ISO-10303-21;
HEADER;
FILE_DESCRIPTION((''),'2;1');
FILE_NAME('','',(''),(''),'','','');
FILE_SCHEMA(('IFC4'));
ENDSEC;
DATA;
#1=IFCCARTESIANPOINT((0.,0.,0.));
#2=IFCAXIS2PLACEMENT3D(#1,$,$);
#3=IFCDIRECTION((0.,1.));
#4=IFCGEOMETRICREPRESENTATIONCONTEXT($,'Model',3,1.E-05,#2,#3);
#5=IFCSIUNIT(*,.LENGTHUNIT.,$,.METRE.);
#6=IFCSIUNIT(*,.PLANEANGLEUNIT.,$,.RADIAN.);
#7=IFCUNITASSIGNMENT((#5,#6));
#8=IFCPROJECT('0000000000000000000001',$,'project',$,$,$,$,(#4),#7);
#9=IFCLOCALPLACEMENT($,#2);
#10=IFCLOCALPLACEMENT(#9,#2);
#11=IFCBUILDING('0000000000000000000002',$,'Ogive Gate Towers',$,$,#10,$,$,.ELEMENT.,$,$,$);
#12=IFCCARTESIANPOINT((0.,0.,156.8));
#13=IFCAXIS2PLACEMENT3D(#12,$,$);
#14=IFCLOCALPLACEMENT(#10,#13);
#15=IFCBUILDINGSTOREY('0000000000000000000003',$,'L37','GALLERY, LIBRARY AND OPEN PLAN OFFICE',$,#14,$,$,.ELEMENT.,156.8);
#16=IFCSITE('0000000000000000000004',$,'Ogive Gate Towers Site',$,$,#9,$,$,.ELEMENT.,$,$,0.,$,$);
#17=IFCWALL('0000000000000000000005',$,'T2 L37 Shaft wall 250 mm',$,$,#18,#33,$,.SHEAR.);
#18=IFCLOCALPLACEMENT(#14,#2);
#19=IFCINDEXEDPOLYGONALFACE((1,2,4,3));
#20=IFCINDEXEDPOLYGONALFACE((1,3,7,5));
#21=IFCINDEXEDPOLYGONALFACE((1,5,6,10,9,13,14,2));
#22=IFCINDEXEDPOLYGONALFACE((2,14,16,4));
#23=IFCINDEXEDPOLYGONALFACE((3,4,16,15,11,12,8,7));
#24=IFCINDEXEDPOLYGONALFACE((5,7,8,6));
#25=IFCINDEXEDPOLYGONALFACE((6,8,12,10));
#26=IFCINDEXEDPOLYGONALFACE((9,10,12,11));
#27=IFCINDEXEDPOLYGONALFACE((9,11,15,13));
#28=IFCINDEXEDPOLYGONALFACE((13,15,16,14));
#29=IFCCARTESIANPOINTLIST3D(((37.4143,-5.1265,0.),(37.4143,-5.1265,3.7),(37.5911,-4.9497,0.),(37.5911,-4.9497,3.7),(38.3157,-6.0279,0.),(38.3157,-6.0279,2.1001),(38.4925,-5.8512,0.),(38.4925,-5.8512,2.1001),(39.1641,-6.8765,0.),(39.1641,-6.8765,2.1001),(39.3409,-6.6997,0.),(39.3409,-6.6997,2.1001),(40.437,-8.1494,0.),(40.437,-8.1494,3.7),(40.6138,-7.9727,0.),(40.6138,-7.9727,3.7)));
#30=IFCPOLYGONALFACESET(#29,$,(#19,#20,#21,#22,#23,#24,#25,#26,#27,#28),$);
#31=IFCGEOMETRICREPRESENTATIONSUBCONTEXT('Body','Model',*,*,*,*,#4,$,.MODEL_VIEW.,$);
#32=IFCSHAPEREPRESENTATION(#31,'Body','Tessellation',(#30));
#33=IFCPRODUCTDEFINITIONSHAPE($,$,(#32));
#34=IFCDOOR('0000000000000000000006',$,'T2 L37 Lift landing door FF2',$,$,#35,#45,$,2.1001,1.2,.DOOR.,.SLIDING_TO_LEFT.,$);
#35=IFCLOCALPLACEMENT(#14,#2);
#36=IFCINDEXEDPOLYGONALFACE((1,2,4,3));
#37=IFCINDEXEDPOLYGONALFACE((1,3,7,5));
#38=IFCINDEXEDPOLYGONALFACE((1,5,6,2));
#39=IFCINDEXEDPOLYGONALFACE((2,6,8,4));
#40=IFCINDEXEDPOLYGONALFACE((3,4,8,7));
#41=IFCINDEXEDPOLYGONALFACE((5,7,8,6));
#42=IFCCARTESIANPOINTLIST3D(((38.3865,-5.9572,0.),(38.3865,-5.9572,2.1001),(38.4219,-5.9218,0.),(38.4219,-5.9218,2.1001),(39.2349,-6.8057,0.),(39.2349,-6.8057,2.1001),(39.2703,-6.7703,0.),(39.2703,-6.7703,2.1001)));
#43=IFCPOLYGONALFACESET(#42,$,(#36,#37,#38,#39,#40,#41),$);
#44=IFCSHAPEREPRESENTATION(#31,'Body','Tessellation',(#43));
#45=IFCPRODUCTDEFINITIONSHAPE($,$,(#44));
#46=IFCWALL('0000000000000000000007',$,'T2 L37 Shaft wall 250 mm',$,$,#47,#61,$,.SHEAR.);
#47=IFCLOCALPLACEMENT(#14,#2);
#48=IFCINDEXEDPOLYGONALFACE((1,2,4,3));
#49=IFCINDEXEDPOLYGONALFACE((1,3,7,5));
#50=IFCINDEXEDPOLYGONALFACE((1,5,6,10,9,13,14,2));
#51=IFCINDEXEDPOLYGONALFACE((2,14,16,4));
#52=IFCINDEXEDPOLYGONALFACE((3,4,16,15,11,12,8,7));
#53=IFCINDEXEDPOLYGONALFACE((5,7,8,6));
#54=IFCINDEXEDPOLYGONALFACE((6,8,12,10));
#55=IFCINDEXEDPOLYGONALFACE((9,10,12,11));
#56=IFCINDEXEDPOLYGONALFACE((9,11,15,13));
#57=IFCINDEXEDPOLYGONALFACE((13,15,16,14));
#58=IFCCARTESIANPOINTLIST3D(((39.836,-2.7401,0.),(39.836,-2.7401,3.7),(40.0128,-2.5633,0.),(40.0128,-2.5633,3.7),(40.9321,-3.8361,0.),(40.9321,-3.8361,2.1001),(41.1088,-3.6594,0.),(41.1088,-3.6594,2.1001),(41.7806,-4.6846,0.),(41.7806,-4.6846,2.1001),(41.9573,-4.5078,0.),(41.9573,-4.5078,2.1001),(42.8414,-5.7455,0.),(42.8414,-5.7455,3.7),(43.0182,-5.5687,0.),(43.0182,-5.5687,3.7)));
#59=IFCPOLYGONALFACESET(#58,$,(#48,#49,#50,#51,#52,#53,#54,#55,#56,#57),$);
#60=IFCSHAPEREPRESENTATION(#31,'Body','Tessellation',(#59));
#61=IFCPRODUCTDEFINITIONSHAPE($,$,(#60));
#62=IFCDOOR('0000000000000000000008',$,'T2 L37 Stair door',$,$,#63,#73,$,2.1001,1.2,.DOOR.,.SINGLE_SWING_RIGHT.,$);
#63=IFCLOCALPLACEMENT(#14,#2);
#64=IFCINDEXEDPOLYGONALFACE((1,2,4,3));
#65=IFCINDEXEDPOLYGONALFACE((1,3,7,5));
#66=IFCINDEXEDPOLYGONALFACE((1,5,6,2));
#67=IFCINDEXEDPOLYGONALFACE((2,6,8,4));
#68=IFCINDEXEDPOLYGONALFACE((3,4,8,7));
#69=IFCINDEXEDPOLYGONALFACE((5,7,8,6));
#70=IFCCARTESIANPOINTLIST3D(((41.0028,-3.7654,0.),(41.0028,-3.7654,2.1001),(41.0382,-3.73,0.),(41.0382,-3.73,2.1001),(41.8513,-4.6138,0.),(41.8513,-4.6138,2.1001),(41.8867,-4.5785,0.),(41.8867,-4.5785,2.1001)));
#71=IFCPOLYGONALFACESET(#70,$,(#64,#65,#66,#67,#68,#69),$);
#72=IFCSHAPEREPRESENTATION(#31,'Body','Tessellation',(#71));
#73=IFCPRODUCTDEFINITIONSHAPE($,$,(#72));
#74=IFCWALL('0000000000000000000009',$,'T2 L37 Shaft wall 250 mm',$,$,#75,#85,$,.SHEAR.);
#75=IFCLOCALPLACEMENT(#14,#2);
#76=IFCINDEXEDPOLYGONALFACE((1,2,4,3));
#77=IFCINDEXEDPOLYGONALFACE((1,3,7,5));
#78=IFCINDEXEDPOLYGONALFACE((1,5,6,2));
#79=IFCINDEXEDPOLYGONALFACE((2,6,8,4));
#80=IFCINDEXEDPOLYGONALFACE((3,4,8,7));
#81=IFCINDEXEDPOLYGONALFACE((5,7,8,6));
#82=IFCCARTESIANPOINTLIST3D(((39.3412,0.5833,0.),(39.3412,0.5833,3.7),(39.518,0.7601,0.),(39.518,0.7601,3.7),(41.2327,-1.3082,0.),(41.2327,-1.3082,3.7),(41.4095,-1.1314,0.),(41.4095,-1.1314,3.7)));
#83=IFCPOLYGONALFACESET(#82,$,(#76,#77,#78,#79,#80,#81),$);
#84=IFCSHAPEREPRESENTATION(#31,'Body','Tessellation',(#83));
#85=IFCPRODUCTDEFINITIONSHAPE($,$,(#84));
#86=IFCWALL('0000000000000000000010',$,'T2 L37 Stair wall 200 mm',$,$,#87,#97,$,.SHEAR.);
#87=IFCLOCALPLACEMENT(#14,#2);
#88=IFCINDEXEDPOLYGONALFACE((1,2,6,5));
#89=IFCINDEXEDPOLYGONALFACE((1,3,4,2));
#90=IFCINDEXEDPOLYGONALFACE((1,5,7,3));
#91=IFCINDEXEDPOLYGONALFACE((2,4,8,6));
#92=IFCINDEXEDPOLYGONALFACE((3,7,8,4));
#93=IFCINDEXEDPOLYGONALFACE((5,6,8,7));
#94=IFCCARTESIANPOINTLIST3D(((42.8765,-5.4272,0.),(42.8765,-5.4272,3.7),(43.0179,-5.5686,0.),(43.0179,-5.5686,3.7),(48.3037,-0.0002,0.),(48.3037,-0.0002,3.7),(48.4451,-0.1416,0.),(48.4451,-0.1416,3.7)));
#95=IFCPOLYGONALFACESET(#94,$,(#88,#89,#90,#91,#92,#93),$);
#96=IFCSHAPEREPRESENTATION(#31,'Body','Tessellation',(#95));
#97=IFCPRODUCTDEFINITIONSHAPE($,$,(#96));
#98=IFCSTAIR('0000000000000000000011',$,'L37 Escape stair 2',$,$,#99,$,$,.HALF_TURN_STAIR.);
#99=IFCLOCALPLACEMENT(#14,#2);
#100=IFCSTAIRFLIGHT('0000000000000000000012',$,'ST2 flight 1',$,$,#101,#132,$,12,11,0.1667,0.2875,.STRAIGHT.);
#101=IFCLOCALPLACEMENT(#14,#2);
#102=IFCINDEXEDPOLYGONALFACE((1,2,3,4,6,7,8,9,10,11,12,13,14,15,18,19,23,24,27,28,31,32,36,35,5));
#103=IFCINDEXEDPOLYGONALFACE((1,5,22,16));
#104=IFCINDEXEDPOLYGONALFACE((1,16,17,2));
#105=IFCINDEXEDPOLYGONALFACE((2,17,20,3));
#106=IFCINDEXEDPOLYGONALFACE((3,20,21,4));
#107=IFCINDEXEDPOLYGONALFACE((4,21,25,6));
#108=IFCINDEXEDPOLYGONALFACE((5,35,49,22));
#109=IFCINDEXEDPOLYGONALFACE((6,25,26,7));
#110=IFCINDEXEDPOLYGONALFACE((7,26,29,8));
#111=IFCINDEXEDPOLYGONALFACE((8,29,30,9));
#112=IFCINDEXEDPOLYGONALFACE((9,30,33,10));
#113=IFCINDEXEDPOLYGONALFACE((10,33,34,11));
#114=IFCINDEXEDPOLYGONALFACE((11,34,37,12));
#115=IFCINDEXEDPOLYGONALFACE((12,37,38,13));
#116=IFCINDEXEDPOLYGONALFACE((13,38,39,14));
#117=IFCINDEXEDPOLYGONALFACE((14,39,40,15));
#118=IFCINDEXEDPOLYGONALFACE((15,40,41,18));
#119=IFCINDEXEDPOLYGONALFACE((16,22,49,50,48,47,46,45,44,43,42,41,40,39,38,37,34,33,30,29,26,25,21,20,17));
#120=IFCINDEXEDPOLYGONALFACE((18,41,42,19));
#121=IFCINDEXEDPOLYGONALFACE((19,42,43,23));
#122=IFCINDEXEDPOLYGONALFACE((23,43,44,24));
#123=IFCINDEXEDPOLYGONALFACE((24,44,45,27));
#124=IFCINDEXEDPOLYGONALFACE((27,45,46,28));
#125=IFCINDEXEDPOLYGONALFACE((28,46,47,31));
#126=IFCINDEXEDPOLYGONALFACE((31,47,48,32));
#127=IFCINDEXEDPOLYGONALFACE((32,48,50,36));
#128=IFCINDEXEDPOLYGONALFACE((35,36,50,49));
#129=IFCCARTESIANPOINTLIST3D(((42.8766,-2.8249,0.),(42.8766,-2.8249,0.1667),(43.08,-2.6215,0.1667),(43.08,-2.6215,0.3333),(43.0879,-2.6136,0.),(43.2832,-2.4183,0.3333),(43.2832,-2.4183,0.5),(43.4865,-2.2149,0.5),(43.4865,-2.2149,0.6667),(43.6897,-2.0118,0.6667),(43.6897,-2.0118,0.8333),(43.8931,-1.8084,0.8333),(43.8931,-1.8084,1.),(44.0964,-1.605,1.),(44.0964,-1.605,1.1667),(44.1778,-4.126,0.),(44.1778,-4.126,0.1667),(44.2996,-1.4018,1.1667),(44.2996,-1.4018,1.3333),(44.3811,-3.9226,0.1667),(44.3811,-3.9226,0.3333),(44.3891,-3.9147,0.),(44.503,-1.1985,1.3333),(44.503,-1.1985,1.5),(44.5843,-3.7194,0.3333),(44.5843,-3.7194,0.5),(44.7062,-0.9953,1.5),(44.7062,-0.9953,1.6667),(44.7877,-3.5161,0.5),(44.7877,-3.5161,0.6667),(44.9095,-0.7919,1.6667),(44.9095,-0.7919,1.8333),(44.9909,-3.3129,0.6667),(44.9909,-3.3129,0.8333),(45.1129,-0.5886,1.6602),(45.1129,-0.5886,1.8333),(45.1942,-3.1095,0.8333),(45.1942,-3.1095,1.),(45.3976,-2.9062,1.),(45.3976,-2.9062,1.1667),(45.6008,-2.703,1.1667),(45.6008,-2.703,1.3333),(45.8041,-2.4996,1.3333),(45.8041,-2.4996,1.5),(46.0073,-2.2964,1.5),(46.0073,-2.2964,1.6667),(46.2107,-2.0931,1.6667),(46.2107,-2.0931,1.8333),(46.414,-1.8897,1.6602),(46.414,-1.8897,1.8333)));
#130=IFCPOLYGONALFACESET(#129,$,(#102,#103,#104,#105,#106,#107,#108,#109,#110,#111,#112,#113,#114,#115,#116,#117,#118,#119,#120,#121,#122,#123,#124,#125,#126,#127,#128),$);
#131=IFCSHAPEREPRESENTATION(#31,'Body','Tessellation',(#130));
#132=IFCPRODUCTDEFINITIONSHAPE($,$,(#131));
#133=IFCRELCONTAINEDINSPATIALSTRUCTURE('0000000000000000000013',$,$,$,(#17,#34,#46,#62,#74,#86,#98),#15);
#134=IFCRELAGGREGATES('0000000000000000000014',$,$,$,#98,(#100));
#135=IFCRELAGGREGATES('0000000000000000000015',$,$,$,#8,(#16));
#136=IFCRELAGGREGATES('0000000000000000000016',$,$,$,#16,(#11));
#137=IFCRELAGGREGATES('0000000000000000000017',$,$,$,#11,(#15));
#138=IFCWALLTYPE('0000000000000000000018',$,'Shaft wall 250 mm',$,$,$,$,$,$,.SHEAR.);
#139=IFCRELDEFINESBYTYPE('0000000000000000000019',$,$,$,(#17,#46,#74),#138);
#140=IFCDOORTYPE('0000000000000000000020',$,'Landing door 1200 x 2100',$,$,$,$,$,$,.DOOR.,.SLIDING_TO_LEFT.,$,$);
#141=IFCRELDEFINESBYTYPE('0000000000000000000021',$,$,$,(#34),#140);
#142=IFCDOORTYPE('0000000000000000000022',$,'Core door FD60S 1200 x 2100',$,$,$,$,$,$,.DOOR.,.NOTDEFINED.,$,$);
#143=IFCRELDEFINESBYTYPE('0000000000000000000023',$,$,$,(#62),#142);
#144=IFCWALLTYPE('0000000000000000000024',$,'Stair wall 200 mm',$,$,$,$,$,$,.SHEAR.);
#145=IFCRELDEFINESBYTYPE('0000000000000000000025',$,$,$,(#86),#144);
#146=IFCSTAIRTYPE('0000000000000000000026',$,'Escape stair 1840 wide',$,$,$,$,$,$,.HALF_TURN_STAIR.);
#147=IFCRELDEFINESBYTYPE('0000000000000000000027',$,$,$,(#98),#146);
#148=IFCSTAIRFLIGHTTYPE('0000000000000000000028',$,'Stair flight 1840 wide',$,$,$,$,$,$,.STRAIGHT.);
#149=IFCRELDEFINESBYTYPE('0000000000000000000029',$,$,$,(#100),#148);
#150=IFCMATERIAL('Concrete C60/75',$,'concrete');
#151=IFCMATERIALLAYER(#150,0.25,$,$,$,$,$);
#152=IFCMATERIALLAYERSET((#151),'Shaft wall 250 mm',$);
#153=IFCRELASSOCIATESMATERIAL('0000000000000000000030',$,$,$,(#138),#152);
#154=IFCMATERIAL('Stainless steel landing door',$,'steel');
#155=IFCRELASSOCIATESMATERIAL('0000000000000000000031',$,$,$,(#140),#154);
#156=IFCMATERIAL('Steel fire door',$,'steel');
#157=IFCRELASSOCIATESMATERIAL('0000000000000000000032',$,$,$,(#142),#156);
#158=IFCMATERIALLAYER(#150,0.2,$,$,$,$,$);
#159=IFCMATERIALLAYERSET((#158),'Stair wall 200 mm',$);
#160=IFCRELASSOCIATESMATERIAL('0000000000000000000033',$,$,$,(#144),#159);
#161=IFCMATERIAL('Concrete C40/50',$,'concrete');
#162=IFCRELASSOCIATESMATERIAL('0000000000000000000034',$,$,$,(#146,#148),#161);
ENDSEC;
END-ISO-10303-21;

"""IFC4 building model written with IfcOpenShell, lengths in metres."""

from ifc_helpers import new_model, si_unit, direction, frame, frame_2d, origin, place, context, subcontext, project, spatial, polyline, rectangle, outline, extrude, material, layer, layer_set, type_object, element, fill, aggregate, save


model = new_model("IFC4")

# Units and contexts
model_context = context("Model", 3, precision=1e-05, world=origin(), true_north=direction((0.0, 1.0)))
body_context = subcontext(model_context, "Body", "Model", "MODEL_VIEW")
ifc_project = project(units=[si_unit("LENGTHUNIT", "METRE"), si_unit("PLANEANGLEUNIT", "RADIAN")], contexts=[model_context])

# Site, building, storey
site_placement = place(None, origin())
site = spatial("IfcSite", under=ifc_project, at=site_placement, Name="Ogive Gate Towers Site", CompositionType="ELEMENT", RefElevation=0.0)
building_placement = place(site_placement, origin())
building = spatial("IfcBuilding", under=site, at=building_placement, Name="Ogive Gate Towers", CompositionType="ELEMENT")
storey_placement = place(building_placement, frame((0.0, 0.0, 156.8)))
storey = spatial("IfcBuildingStorey", under=building, at=storey_placement, Name="L37", Description="GALLERY, LIBRARY AND OPEN PLAN OFFICE", CompositionType="ELEMENT", Elevation=156.8)

# Shared definitions
ifc_material_1 = material(Name="Concrete C60/75", Category="concrete")
ifc_layer_1 = layer(ifc_material_1, 0.25)
ifc_layer_set_1 = layer_set([ifc_layer_1], Name="Shaft wall 250 mm")
wall_type_1 = type_object("IfcWallType", Name="Shaft wall 250 mm", PredefinedType="SHEAR", material=ifc_layer_set_1)

# Walls, openings, doors
wall_1_placement = place(storey_placement, frame((40.5254, -8.061, 0.0), z_axis=(0.0, 0.0, 1.0), x_axis=(-0.707078, 0.707135, 0.0)))
wall_1 = element("IfcWall", 1, at=wall_1_placement, inside=storey, type_object=wall_type_1, Name="T2 L37 Shaft wall 250 mm", PredefinedType="SHEAR", context=body_context, shape_type="SweptSolid", body=[
    extrude(rectangle(XDim=4.2749, YDim=0.25, at=frame_2d((2.1375, 0.0))), origin(), (0.0, 0.0, 1.0), 3.7),
])
opening_1_placement = place(wall_1_placement, frame((1.8, 0.0, 0.0)))
opening_1 = element("IfcOpeningElement", 2, at=opening_1_placement, cuts=wall_1, PredefinedType="OPENING", context=body_context, shape_type="SweptSolid", body=[
    extrude(rectangle(XDim=1.2, YDim=2.1001, at=frame_2d((0.6001, 1.05))), frame((0.0, 0.135, 0.0), z_axis=(0.0, -1.0, 0.0), x_axis=(1.0, 0.0, 0.0)), (0.0, 0.0, 1.0), 0.27),
])
ifc_material_2 = material(Name="Stainless steel landing door", Category="steel")
door_type_1 = type_object("IfcDoorType", Name="Landing door 1200 x 2100", OperationType="SLIDING_TO_LEFT", PredefinedType="DOOR", material=ifc_material_2)
door_1_placement = place(opening_1_placement, origin())
door_1 = element("IfcDoor", 3, at=door_1_placement, inside=storey, type_object=door_type_1, Name="T2 L37 Lift landing door FF2", OperationType="SLIDING_TO_LEFT", OverallHeight=2.1001, OverallWidth=1.2, PredefinedType="DOOR", context=body_context, shape_type="SweptSolid", body=[
    extrude(rectangle(XDim=1.2, YDim=2.1001, at=frame_2d((0.6001, 1.05))), frame((0.0, 0.0249, 0.0), z_axis=(0.0, -1.0, 0.0), x_axis=(1.0, 0.0, 0.0)), (0.0, 0.0, 1.0), 0.05),
])
fill(opening_1, door_1)
wall_2_placement = place(storey_placement, frame((42.9297, -5.657, 0.0), z_axis=(0.0, 0.0, 1.0), x_axis=(-0.707107, 0.707107, 0.0)))
wall_2 = element("IfcWall", 4, at=wall_2_placement, inside=storey, type_object=wall_type_1, Name="T2 L37 Shaft wall 250 mm", PredefinedType="SHEAR", context=body_context, shape_type="SweptSolid", body=[
    extrude(rectangle(XDim=4.2502, YDim=0.25, at=frame_2d((2.125, 0.0))), origin(), (0.0, 0.0, 1.0), 3.7),
])
opening_2_placement = place(wall_2_placement, frame((1.5, 0.0, 0.0)))
opening_2 = element("IfcOpeningElement", 5, at=opening_2_placement, cuts=wall_2, PredefinedType="OPENING", context=body_context, shape_type="SweptSolid", body=[
    extrude(rectangle(XDim=1.2, YDim=2.1001, at=frame_2d((0.6001, 1.05))), frame((0.0, 0.135, 0.0), z_axis=(0.0, -1.0, 0.0), x_axis=(1.0, 0.0, 0.0)), (0.0, 0.0, 1.0), 0.27),
])
ifc_material_3 = material(Name="Steel fire door", Category="steel")
door_type_2 = type_object("IfcDoorType", Name="Core door FD60S 1200 x 2100", OperationType="NOTDEFINED", PredefinedType="DOOR", material=ifc_material_3)
door_2_placement = place(opening_2_placement, origin())
door_2 = element("IfcDoor", 6, at=door_2_placement, inside=storey, type_object=door_type_2, Name="T2 L37 Stair door", OperationType="SINGLE_SWING_RIGHT", OverallHeight=2.1001, OverallWidth=1.2, PredefinedType="DOOR", context=body_context, shape_type="SweptSolid", body=[
    extrude(rectangle(XDim=1.2, YDim=2.1001, at=frame_2d((0.6001, 1.05))), frame((0.0, 0.0249, 0.0), z_axis=(0.0, -1.0, 0.0), x_axis=(1.0, 0.0, 0.0)), (0.0, 0.0, 1.0), 0.05),
])
fill(opening_2, door_2)

# Walls
wall_3_placement = place(storey_placement, frame((41.321, -1.2197, 0.0), z_axis=(0.0, 0.0, 1.0), x_axis=(-0.707107, 0.707107, 0.0)))
element("IfcWall", 7, at=wall_3_placement, inside=storey, type_object=wall_type_1, Name="T2 L37 Shaft wall 250 mm", PredefinedType="SHEAR", context=body_context, shape_type="SweptSolid", body=[
    extrude(rectangle(XDim=2.675, YDim=0.25, at=frame_2d((1.3374, 0.0))), origin(), (0.0, 0.0, 1.0), 3.7),
])
ifc_layer_2 = layer(ifc_material_1, 0.2)
ifc_layer_set_2 = layer_set([ifc_layer_2], Name="Stair wall 200 mm")
wall_type_2 = type_object("IfcWallType", Name="Stair wall 200 mm", PredefinedType="SHEAR", material=ifc_layer_set_2)
wall_4_placement = place(storey_placement, frame((42.9473, -5.4978, 0.0), z_axis=(0.0, 0.0, 1.0), x_axis=(0.707123, 0.707091, 0.0)))
element("IfcWall", 8, at=wall_4_placement, inside=storey, type_object=wall_type_2, Name="T2 L37 Stair wall 200 mm", PredefinedType="SHEAR", context=body_context, shape_type="SweptSolid", body=[
    extrude(rectangle(XDim=7.675, YDim=0.2, at=frame_2d((3.8374, 0.0))), origin(), (0.0, 0.0, 1.0), 3.7),
])

# Stair, stair flight
ifc_material_4 = material(Name="Concrete C40/50", Category="concrete")
stair_type = type_object("IfcStairType", Name="Escape stair 1840 wide", PredefinedType="HALF_TURN_STAIR", material=ifc_material_4)
stair_placement = place(storey_placement, origin())
stair = element("IfcStair", 9, at=stair_placement, inside=storey, type_object=stair_type, Name="L37 Escape stair 2", PredefinedType="HALF_TURN_STAIR")
stair_flight_type = type_object("IfcStairFlightType", Name="Stair flight 1840 wide", PredefinedType="STRAIGHT", material=ifc_material_4)
stair_flight_placement = place(storey_placement, frame((43.5271, -3.4753, 0.0), z_axis=(0.0, 0.0, 1.0), x_axis=(0.707107, 0.707107, 0.0)))
stair_flight = element("IfcStairFlight", 10, at=stair_flight_placement, type_object=stair_flight_type, Name="ST2 flight 1", NumberOfRisers=12, NumberOfTreads=11, PredefinedType="STRAIGHT", RiserHeight=0.1667, TreadLength=0.2875, context=body_context, shape_type="SweptSolid", body=[
    extrude(outline(polyline([(0.0, 0.0), (0.0, 0.1667), (0.2876, 0.1667), (0.2876, 0.3333), (0.575, 0.3333), (0.575, 0.5), (0.8625, 0.5), (0.8625, 0.6667), (1.1499, 0.6667), (1.1499, 0.8333), (1.4375, 0.8333), (1.4375, 1.0), (1.7251, 1.0), (1.7251, 1.1667), (2.0125, 1.1667), (2.0125, 1.3333), (2.3, 1.3333), (2.3, 1.5), (2.5874, 1.5), (2.5874, 1.6667), (2.875, 1.6667), (2.875, 1.8333), (3.1626, 1.8333), (3.1626, 2.0), (3.1626, 1.6602), (0.2988, 0.0), (0.0, 0.0)])), frame((0.0, 0.9199, 0.0), z_axis=(0.0, -1.0, 0.0), x_axis=(1.0, 0.0, 0.0)), (0.0, 0.0, 1.0), 1.8401),
])
aggregate(stair, [stair_flight])

save(model, "model.ifc")
